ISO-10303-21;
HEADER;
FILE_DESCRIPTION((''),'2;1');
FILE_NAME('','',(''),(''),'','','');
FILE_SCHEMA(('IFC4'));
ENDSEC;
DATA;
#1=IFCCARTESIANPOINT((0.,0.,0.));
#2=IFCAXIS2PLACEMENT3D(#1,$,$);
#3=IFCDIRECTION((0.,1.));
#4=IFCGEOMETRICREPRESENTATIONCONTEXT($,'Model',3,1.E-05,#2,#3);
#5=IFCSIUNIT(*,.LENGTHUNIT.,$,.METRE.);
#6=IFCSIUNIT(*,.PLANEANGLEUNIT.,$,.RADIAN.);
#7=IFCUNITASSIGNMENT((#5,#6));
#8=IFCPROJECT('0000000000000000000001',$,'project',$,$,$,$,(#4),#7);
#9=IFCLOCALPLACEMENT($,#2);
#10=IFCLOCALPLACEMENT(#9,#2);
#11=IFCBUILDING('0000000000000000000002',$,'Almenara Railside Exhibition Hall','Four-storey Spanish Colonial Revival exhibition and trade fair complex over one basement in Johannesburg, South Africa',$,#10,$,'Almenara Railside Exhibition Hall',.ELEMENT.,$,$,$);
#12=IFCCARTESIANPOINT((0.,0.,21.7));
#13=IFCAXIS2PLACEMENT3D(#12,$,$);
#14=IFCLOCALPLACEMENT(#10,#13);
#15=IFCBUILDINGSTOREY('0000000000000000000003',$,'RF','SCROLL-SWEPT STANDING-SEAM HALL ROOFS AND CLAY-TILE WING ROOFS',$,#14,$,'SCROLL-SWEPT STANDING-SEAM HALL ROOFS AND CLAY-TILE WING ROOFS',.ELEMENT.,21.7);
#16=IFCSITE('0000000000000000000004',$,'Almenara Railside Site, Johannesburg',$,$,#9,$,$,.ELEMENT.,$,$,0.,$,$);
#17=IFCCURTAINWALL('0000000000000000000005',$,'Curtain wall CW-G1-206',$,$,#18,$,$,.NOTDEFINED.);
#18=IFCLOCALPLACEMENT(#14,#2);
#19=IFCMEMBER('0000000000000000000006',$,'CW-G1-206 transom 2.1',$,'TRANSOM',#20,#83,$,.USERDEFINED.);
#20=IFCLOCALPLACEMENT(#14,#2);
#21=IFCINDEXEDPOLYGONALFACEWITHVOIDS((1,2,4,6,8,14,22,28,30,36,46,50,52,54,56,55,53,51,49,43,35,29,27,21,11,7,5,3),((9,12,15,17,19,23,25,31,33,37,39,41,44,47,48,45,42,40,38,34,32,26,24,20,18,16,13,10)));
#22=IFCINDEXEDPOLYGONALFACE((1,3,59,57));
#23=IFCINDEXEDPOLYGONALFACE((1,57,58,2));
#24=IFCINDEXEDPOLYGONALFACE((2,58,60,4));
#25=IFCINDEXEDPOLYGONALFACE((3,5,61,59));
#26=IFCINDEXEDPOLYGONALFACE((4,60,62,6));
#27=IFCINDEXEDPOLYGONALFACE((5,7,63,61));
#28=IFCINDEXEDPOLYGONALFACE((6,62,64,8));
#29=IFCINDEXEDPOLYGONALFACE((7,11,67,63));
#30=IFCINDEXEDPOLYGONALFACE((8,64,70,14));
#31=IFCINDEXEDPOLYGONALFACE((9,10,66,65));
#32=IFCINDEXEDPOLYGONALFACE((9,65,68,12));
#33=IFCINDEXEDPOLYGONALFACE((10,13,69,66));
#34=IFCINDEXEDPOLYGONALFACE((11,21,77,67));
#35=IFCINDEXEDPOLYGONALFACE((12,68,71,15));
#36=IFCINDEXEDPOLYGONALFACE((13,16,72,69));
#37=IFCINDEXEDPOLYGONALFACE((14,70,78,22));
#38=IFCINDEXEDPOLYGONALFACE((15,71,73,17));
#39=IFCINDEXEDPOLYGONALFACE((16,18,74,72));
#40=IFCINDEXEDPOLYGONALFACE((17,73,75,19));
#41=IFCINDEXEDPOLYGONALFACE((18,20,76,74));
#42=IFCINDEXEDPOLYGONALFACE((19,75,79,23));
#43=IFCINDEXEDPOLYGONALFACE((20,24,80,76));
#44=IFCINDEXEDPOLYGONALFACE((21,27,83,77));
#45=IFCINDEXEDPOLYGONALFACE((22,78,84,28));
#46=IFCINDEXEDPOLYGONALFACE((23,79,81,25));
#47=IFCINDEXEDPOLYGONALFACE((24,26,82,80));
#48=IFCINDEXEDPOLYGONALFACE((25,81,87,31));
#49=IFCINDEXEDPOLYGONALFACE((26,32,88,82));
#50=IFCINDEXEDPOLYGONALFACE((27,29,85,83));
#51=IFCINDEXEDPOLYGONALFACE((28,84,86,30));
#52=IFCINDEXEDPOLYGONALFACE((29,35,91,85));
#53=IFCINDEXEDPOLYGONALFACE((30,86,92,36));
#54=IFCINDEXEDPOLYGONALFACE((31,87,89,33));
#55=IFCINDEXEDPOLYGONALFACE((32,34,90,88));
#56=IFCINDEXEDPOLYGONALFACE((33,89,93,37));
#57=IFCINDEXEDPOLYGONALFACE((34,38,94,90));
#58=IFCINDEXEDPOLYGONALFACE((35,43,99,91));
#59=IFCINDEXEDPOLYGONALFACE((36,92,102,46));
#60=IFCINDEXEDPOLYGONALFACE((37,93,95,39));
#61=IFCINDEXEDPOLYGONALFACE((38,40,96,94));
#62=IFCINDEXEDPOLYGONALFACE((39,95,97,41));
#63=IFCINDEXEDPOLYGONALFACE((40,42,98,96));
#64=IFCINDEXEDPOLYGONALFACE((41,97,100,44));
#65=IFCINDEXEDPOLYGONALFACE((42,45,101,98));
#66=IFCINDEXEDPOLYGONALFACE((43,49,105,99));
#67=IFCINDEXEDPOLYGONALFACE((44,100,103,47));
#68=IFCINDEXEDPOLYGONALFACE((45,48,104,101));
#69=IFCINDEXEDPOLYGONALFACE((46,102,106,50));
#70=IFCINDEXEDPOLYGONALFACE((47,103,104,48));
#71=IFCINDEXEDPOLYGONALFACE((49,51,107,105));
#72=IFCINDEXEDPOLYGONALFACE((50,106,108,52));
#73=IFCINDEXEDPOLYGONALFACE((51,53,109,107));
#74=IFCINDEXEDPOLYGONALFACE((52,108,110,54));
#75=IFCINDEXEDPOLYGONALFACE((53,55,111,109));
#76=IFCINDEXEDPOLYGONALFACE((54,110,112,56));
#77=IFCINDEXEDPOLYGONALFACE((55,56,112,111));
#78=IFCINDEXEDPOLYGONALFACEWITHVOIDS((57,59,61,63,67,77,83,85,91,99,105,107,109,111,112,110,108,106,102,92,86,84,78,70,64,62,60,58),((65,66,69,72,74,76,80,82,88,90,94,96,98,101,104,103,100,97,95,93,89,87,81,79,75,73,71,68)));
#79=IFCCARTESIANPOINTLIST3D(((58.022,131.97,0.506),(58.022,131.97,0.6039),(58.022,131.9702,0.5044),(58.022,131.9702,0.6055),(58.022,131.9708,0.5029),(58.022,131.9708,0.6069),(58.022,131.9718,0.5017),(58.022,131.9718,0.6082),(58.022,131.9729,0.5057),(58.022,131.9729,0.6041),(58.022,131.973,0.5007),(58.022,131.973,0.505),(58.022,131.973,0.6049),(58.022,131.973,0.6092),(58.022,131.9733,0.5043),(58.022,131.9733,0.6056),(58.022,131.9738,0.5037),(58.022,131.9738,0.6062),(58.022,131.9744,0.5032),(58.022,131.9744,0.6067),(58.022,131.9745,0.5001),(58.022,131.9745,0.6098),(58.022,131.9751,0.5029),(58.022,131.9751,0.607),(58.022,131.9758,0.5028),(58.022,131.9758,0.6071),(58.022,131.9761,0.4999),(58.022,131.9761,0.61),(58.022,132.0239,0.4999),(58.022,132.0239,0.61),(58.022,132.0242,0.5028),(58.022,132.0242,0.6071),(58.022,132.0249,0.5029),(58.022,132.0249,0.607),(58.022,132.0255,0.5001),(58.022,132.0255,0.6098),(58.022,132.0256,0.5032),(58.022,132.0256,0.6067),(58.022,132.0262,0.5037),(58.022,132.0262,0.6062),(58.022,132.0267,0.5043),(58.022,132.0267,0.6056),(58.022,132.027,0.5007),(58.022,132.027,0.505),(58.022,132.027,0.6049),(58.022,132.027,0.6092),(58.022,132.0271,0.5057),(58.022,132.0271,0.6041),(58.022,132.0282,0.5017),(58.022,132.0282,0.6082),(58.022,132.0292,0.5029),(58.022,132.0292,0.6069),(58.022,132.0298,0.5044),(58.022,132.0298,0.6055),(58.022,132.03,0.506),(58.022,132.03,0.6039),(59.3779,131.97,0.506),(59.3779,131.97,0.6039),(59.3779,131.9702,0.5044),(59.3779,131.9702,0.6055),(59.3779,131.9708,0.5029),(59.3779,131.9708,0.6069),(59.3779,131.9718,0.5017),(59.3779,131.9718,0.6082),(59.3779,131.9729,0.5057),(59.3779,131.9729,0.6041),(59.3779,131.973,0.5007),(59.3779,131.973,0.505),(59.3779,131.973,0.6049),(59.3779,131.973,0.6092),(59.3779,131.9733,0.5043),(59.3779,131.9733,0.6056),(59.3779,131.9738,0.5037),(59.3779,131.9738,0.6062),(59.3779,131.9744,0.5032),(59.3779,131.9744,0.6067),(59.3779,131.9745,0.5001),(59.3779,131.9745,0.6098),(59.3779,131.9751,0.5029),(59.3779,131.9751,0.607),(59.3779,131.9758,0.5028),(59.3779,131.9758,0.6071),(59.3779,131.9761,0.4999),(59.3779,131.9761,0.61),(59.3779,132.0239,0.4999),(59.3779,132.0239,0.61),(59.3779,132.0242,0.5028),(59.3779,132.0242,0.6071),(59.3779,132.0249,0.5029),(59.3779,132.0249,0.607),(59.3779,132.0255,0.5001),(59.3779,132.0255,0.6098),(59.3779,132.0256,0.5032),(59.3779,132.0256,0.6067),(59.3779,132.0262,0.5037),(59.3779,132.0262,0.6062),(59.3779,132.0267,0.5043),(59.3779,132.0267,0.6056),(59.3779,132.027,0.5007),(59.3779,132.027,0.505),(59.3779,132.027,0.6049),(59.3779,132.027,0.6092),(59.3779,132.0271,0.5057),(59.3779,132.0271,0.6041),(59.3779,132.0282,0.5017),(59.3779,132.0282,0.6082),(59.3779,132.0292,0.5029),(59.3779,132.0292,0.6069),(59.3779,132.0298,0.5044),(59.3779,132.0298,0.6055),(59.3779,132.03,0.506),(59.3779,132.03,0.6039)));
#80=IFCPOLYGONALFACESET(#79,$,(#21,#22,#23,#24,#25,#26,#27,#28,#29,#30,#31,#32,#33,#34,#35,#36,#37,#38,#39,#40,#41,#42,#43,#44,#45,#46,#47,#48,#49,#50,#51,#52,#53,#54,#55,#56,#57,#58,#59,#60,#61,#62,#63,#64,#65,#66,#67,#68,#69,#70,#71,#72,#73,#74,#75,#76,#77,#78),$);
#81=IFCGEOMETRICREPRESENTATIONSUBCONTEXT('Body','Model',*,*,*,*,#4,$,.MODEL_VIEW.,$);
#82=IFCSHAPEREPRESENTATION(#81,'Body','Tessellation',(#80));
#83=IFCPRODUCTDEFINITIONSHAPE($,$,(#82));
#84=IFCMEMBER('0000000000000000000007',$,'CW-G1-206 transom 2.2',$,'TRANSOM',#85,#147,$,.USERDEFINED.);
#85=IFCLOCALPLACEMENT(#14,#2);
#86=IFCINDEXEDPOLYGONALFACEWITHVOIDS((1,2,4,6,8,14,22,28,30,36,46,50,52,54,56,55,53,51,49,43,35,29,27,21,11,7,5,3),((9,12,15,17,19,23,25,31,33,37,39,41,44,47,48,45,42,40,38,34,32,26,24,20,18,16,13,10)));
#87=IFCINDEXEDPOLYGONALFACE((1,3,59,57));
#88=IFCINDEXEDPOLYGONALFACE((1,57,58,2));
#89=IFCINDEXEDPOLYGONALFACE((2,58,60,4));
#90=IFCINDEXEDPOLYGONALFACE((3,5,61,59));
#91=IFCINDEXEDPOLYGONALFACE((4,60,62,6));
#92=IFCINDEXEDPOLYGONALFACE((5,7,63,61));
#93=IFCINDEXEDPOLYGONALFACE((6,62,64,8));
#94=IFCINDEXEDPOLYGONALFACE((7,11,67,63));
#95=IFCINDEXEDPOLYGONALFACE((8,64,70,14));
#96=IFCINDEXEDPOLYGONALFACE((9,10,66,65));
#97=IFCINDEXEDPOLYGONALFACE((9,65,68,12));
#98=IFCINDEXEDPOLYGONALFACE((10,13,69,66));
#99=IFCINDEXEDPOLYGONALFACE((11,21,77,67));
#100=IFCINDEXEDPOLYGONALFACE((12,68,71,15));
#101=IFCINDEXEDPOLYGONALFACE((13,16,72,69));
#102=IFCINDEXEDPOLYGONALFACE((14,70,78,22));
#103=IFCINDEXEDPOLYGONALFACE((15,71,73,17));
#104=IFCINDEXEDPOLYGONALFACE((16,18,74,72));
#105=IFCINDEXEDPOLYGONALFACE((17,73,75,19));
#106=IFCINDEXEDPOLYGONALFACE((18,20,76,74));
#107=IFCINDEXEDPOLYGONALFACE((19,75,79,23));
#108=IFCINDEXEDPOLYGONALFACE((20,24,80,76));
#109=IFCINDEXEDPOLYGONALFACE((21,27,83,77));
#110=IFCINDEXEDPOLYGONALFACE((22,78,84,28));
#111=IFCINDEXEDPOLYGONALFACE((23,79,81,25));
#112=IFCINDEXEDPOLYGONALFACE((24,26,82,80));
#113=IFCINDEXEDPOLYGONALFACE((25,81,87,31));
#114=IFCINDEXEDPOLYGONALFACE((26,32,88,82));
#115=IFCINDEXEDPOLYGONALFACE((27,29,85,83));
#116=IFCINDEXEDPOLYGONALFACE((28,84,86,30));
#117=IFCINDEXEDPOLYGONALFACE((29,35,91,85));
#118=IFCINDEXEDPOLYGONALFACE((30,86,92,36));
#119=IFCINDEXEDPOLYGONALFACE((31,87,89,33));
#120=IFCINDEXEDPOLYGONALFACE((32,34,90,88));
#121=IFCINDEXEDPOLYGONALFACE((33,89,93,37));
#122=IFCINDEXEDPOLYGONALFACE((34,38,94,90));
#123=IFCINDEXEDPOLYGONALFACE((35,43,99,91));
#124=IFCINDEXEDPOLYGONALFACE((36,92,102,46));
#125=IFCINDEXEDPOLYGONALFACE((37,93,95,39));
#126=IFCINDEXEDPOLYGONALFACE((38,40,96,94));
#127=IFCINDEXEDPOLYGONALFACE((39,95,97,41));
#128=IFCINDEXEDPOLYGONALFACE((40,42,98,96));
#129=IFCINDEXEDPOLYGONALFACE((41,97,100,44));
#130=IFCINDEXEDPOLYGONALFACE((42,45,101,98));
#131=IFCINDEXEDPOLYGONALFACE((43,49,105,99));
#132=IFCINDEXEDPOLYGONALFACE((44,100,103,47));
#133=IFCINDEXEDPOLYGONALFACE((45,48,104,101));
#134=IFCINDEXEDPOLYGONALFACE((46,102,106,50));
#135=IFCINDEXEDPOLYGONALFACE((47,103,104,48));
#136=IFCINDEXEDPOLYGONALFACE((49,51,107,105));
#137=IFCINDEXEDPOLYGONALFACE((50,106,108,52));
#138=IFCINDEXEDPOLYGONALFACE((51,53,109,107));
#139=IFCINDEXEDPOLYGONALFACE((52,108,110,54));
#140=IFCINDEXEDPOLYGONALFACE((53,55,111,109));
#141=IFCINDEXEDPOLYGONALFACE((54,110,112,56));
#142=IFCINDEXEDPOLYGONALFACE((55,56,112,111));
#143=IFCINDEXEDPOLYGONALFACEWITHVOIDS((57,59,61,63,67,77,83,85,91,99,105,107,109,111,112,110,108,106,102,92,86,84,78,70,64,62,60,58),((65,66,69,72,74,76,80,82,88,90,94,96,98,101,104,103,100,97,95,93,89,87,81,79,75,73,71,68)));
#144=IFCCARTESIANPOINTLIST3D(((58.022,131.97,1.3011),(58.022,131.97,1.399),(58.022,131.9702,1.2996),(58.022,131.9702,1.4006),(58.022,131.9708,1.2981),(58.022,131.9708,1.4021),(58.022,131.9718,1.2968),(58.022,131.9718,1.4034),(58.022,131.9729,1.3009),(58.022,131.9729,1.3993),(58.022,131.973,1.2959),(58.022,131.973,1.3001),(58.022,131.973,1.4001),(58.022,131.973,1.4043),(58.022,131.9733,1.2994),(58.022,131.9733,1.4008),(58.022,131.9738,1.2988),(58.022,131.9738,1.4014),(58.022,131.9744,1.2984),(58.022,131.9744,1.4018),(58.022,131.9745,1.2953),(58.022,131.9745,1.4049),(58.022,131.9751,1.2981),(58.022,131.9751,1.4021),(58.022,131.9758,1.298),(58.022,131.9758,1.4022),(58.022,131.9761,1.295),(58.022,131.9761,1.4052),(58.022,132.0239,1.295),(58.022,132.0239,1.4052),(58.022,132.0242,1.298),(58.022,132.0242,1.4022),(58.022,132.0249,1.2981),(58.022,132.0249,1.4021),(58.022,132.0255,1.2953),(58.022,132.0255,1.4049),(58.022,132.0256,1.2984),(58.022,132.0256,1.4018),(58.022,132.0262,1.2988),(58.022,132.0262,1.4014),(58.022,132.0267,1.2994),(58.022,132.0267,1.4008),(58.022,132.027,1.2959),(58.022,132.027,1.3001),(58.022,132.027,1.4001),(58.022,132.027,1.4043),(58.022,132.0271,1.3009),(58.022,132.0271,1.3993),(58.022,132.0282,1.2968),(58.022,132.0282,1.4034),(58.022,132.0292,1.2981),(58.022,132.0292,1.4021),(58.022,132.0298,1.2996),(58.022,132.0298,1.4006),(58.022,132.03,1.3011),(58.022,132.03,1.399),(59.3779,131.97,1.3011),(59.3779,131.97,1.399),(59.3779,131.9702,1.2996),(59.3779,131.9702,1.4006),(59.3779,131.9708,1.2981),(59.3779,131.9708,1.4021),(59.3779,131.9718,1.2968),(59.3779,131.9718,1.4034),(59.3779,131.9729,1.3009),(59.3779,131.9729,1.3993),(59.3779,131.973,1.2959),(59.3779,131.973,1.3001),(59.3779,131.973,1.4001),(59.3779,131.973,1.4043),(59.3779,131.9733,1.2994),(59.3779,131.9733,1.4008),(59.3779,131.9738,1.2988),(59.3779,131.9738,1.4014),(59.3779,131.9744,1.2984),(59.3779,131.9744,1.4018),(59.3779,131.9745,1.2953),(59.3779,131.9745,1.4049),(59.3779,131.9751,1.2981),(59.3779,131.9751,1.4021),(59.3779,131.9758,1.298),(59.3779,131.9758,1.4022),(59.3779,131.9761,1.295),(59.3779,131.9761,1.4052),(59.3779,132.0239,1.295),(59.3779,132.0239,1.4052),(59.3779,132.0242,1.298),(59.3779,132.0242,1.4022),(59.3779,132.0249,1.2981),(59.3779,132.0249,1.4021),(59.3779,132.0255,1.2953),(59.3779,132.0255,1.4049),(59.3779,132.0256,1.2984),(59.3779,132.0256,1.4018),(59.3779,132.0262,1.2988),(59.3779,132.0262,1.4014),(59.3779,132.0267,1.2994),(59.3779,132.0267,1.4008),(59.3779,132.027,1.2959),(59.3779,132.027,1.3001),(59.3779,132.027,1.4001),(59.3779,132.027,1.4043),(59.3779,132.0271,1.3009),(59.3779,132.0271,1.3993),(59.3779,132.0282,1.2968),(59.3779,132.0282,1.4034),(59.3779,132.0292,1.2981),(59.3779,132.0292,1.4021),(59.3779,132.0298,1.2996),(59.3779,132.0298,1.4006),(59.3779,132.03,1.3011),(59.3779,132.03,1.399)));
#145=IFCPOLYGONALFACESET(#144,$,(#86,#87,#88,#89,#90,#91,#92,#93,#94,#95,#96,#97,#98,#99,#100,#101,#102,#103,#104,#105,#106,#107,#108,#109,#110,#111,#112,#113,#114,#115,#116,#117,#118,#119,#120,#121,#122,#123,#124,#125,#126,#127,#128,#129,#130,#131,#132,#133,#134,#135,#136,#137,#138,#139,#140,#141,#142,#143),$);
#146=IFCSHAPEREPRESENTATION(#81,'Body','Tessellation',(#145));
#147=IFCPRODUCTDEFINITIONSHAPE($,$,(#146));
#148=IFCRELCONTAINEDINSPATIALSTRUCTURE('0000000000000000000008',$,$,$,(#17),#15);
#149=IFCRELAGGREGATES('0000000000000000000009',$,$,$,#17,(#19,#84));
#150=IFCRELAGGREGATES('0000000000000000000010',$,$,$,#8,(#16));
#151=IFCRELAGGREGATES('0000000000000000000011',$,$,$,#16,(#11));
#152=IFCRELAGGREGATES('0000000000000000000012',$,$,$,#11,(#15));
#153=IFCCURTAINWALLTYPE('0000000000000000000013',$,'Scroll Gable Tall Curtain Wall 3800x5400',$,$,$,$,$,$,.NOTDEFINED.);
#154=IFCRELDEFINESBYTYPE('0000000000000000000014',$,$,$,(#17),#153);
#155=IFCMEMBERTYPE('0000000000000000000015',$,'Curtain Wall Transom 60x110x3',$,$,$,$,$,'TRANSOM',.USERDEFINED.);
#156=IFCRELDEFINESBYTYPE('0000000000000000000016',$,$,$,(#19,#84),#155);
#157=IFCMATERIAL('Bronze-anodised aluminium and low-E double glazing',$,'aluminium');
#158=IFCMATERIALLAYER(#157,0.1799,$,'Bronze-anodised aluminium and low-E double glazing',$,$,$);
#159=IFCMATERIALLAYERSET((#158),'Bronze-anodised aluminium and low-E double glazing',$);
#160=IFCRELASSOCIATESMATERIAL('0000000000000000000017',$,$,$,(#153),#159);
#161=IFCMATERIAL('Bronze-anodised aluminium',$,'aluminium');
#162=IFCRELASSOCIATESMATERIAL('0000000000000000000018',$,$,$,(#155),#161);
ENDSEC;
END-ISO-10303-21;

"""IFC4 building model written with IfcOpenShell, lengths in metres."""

from ifc_helpers import new_model, si_unit, direction, frame, origin, origin_2d, place, context, subcontext, project, spatial, hollow_rectangle, extrude, material, layer, layer_set, material_profile, profile_set, type_object, element, aggregate, save


model = new_model("IFC4")

# Units and contexts
model_context = context("Model", 3, precision=1e-05, world=origin(), true_north=direction((0.0, 1.0)))
body_context = subcontext(model_context, "Body", "Model", "MODEL_VIEW")
ifc_project = project(units=[si_unit("LENGTHUNIT", "METRE"), si_unit("PLANEANGLEUNIT", "RADIAN")], contexts=[model_context])

# Site, building, storey
site_placement = place(None, origin())
site = spatial("IfcSite", under=ifc_project, at=site_placement, Name="Almenara Railside Site, Johannesburg", CompositionType="ELEMENT", RefElevation=0.0)
building_placement = place(site_placement, origin())
building = spatial("IfcBuilding", under=site, at=building_placement, Name="Almenara Railside Exhibition Hall", Description="Four-storey Spanish Colonial Revival exhibition and trade fair complex over one basement in Johannesburg, South Africa", LongName="Almenara Railside Exhibition Hall", CompositionType="ELEMENT")
storey_placement = place(building_placement, frame((0.0, 0.0, 21.7)))
storey = spatial("IfcBuildingStorey", under=building, at=storey_placement, Name="RF", Description="SCROLL-SWEPT STANDING-SEAM HALL ROOFS AND CLAY-TILE WING ROOFS", LongName="SCROLL-SWEPT STANDING-SEAM HALL ROOFS AND CLAY-TILE WING ROOFS", CompositionType="ELEMENT", Elevation=21.7)

# Curtain wall, members
ifc_material_1 = material(Name="Bronze-anodised aluminium and low-E double glazing", Category="aluminium")
ifc_layer_1 = layer(ifc_material_1, 0.1799, Name="Bronze-anodised aluminium and low-E double glazing")
ifc_layer_set_1 = layer_set([ifc_layer_1], Name="Bronze-anodised aluminium and low-E double glazing")
curtain_wall_type = type_object("IfcCurtainWallType", Name="Scroll Gable Tall Curtain Wall 3800x5400", PredefinedType="NOTDEFINED", material=ifc_layer_set_1)
curtain_wall_placement = place(storey_placement, origin())
curtain_wall = element("IfcCurtainWall", 1, at=curtain_wall_placement, inside=storey, type_object=curtain_wall_type, Name="Curtain wall CW-G1-206", PredefinedType="NOTDEFINED")
ifc_material_2 = material(Name="Bronze-anodised aluminium", Category="aluminium")
ifc_material_profile_1 = material_profile(ifc_material_2, hollow_rectangle(XDim=0.0601, YDim=0.1101, WallThickness=0.0029, InnerFilletRadius=0.0029, OuterFilletRadius=0.0061, at=origin_2d()), Name="ALU-TRN 60x110x3")
ifc_profile_set_1 = profile_set([ifc_material_profile_1], Name="Bronze-anodised aluminium")
member_type_1 = type_object("IfcMemberType", Name="Curtain Wall Transom 60x110x3", ElementType="TRANSOM", PredefinedType="USERDEFINED", material=ifc_profile_set_1)
member_1_placement = place(storey_placement, frame((58.022, 132.0, 0.5549), z_axis=(1.0, 0.0, 0.0), x_axis=(0.0, 1.0, 0.0)))
member_1 = element("IfcMember", 2, at=member_1_placement, type_object=member_type_1, Name="CW-G1-206 transom 2.1", ObjectType="TRANSOM", PredefinedType="USERDEFINED", context=body_context, shape_type="SweptSolid", body=[
    extrude(hollow_rectangle(XDim=0.0601, YDim=0.1101, WallThickness=0.0029, InnerFilletRadius=0.0029, OuterFilletRadius=0.0061, at=origin_2d()), origin(), (0.0, 0.0, 1.0), 1.356),
])
member_2_placement = place(storey_placement, frame((58.022, 132.0, 1.3501), z_axis=(1.0, 0.0, 0.0), x_axis=(0.0, 1.0, 0.0)))
member_2 = element("IfcMember", 3, at=member_2_placement, type_object=member_type_1, Name="CW-G1-206 transom 2.2", ObjectType="TRANSOM", PredefinedType="USERDEFINED", context=body_context, shape_type="SweptSolid", body=[
    extrude(hollow_rectangle(XDim=0.0601, YDim=0.1101, WallThickness=0.0029, InnerFilletRadius=0.0029, OuterFilletRadius=0.0061, at=origin_2d()), origin(), (0.0, 0.0, 1.0), 1.356),
])

aggregate(curtain_wall, [member_1, member_2])

save(model, "model.ifc")
